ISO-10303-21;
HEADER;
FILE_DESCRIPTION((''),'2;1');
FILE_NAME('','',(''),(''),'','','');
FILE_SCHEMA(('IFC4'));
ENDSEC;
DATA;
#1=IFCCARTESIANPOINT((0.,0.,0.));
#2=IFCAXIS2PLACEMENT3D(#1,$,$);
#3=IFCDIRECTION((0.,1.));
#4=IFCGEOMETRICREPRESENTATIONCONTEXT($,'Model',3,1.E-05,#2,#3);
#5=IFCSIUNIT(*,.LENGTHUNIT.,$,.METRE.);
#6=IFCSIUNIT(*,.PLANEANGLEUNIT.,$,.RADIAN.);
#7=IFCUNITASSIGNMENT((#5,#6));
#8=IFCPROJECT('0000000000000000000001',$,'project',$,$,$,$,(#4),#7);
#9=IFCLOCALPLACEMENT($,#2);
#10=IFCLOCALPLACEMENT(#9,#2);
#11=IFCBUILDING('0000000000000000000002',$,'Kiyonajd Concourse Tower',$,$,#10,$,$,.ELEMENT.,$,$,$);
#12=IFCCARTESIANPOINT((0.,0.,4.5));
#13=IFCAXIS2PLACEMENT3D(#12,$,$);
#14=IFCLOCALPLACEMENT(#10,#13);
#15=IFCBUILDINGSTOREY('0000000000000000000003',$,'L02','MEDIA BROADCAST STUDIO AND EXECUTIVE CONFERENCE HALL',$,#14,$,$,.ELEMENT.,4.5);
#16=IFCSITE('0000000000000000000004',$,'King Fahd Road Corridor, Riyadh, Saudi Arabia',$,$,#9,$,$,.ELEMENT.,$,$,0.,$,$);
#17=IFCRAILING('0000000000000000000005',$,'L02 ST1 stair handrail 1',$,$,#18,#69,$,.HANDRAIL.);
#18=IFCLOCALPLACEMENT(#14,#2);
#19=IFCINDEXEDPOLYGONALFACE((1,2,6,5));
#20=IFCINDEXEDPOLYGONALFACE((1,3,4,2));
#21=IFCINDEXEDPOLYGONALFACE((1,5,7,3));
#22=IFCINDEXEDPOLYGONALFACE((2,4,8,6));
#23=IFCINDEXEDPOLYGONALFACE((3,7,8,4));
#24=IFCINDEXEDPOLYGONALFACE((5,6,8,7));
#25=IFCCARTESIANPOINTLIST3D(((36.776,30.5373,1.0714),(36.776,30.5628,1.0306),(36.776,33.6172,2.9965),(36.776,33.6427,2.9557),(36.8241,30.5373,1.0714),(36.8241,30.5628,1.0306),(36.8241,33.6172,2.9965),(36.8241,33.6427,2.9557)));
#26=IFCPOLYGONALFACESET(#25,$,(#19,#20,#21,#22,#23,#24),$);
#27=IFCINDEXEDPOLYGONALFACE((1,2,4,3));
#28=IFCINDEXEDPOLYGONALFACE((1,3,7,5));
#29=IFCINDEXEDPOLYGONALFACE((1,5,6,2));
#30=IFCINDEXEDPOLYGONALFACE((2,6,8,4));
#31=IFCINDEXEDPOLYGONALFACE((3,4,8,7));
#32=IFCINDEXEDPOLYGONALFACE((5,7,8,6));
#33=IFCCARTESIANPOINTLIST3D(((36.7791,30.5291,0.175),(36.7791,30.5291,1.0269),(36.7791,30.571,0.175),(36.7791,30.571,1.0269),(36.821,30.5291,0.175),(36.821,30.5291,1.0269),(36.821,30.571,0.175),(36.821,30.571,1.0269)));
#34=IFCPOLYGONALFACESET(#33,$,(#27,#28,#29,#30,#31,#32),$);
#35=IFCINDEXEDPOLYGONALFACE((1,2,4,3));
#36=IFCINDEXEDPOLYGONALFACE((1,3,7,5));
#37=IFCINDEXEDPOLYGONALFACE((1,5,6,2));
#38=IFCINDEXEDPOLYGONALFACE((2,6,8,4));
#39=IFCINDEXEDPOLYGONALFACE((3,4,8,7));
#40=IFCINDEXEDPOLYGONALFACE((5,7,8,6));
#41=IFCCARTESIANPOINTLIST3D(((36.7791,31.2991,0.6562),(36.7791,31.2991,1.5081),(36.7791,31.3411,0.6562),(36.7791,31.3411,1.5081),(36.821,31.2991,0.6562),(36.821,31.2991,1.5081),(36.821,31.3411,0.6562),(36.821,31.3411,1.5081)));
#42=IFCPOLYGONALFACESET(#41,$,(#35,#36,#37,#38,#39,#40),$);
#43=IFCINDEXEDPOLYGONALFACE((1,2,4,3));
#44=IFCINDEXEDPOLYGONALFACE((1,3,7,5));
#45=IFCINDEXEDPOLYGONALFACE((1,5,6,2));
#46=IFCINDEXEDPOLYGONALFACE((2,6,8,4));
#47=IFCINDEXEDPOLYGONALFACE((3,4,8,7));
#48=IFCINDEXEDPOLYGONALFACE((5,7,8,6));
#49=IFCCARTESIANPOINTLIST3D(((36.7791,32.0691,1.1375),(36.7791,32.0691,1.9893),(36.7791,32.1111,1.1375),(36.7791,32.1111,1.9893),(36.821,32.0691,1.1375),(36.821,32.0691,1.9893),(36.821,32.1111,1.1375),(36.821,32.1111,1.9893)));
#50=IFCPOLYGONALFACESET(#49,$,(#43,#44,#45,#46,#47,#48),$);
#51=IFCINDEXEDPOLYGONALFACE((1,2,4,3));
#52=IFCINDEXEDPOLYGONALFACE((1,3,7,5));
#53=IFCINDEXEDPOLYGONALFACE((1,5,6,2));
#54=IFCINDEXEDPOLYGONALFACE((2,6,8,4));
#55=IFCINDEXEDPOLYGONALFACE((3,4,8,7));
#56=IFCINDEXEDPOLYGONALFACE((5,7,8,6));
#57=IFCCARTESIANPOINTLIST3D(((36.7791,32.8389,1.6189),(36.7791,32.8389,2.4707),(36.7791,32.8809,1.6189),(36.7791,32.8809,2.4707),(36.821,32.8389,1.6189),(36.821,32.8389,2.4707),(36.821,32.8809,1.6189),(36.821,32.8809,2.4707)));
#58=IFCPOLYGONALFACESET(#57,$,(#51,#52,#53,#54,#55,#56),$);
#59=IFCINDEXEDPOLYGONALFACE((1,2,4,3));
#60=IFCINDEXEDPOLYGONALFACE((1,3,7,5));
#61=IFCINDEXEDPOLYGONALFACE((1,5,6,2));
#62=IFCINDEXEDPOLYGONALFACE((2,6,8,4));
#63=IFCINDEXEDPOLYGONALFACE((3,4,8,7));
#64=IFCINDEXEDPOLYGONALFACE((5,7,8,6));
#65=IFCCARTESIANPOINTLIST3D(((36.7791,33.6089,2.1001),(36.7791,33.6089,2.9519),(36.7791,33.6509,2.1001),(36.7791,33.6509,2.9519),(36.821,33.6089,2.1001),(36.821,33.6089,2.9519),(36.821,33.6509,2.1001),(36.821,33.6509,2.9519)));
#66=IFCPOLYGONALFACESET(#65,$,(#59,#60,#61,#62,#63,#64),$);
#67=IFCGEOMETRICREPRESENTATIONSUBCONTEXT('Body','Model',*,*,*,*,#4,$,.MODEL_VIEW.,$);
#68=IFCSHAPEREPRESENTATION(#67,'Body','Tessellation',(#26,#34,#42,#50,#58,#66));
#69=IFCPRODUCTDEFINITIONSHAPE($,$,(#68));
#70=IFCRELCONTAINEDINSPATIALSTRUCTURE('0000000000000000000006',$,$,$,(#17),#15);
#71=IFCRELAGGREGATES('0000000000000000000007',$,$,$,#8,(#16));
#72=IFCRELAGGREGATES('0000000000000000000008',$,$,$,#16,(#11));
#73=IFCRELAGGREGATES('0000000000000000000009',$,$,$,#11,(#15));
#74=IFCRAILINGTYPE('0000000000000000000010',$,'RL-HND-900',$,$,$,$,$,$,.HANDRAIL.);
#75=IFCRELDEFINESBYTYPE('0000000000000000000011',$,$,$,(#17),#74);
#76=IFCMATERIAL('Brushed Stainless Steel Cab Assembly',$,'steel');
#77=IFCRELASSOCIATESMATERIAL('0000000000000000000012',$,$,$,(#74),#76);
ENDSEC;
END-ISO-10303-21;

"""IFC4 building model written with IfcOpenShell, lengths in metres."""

from ifc_helpers import new_model, si_unit, direction, frame, origin, origin_2d, place, context, subcontext, project, spatial, rectangle, extrude, material, type_object, element, save


model = new_model("IFC4")

# Units and contexts
model_context = context("Model", 3, precision=1e-05, world=origin(), true_north=direction((0.0, 1.0)))
body_context = subcontext(model_context, "Body", "Model", "MODEL_VIEW")
ifc_project = project(units=[si_unit("LENGTHUNIT", "METRE"), si_unit("PLANEANGLEUNIT", "RADIAN")], contexts=[model_context])

# Site, building, storey
site_placement = place(None, origin())
site = spatial("IfcSite", under=ifc_project, at=site_placement, Name="King Fahd Road Corridor, Riyadh, Saudi Arabia", CompositionType="ELEMENT", RefElevation=0.0)
building_placement = place(site_placement, origin())
building = spatial("IfcBuilding", under=site, at=building_placement, Name="Kiyonajd Concourse Tower", CompositionType="ELEMENT")
storey_placement = place(building_placement, frame((0.0, 0.0, 4.5)))
storey = spatial("IfcBuildingStorey", under=building, at=storey_placement, Name="L02", Description="MEDIA BROADCAST STUDIO AND EXECUTIVE CONFERENCE HALL", CompositionType="ELEMENT", Elevation=4.5)

# Shared definitions
ifc_material_1 = material(Name="Brushed Stainless Steel Cab Assembly", Category="steel")

# Railing
railing_type_1 = type_object("IfcRailingType", Name="RL-HND-900", PredefinedType="HANDRAIL", material=ifc_material_1)
railing_1_placement = place(storey_placement, frame((36.8, 30.55, 0.175)))
element("IfcRailing", 1, at=railing_1_placement, inside=storey, type_object=railing_type_1, Name="L02 ST1 stair handrail 1", PredefinedType="HANDRAIL", context=body_context, shape_type="SweptSolid", body=[
    extrude(rectangle(XDim=0.0481, YDim=0.0481, at=origin_2d()), frame((0.0, 0.0, 0.876), z_axis=(0.0, 0.847979, 0.530029), x_axis=(-1.0, 0.0, 0.0)), (0.0, 0.0, 1.0), 3.6321),
    extrude(rectangle(XDim=0.042, YDim=0.042, at=origin_2d()), origin(), (0.0, 0.0, 1.0), 0.8518),
    extrude(rectangle(XDim=0.042, YDim=0.042, at=origin_2d()), frame((0.0, 0.77, 0.4812)), (0.0, 0.0, 1.0), 0.8518),
    extrude(rectangle(XDim=0.042, YDim=0.042, at=origin_2d()), frame((0.0, 1.54, 0.9624)), (0.0, 0.0, 1.0), 0.8518),
    extrude(rectangle(XDim=0.042, YDim=0.042, at=origin_2d()), frame((0.0, 2.3098, 1.4438)), (0.0, 0.0, 1.0), 0.8518),
    extrude(rectangle(XDim=0.042, YDim=0.042, at=origin_2d()), frame((0.0, 3.0798, 1.925)), (0.0, 0.0, 1.0), 0.8518),
])

save(model, "model.ifc")
